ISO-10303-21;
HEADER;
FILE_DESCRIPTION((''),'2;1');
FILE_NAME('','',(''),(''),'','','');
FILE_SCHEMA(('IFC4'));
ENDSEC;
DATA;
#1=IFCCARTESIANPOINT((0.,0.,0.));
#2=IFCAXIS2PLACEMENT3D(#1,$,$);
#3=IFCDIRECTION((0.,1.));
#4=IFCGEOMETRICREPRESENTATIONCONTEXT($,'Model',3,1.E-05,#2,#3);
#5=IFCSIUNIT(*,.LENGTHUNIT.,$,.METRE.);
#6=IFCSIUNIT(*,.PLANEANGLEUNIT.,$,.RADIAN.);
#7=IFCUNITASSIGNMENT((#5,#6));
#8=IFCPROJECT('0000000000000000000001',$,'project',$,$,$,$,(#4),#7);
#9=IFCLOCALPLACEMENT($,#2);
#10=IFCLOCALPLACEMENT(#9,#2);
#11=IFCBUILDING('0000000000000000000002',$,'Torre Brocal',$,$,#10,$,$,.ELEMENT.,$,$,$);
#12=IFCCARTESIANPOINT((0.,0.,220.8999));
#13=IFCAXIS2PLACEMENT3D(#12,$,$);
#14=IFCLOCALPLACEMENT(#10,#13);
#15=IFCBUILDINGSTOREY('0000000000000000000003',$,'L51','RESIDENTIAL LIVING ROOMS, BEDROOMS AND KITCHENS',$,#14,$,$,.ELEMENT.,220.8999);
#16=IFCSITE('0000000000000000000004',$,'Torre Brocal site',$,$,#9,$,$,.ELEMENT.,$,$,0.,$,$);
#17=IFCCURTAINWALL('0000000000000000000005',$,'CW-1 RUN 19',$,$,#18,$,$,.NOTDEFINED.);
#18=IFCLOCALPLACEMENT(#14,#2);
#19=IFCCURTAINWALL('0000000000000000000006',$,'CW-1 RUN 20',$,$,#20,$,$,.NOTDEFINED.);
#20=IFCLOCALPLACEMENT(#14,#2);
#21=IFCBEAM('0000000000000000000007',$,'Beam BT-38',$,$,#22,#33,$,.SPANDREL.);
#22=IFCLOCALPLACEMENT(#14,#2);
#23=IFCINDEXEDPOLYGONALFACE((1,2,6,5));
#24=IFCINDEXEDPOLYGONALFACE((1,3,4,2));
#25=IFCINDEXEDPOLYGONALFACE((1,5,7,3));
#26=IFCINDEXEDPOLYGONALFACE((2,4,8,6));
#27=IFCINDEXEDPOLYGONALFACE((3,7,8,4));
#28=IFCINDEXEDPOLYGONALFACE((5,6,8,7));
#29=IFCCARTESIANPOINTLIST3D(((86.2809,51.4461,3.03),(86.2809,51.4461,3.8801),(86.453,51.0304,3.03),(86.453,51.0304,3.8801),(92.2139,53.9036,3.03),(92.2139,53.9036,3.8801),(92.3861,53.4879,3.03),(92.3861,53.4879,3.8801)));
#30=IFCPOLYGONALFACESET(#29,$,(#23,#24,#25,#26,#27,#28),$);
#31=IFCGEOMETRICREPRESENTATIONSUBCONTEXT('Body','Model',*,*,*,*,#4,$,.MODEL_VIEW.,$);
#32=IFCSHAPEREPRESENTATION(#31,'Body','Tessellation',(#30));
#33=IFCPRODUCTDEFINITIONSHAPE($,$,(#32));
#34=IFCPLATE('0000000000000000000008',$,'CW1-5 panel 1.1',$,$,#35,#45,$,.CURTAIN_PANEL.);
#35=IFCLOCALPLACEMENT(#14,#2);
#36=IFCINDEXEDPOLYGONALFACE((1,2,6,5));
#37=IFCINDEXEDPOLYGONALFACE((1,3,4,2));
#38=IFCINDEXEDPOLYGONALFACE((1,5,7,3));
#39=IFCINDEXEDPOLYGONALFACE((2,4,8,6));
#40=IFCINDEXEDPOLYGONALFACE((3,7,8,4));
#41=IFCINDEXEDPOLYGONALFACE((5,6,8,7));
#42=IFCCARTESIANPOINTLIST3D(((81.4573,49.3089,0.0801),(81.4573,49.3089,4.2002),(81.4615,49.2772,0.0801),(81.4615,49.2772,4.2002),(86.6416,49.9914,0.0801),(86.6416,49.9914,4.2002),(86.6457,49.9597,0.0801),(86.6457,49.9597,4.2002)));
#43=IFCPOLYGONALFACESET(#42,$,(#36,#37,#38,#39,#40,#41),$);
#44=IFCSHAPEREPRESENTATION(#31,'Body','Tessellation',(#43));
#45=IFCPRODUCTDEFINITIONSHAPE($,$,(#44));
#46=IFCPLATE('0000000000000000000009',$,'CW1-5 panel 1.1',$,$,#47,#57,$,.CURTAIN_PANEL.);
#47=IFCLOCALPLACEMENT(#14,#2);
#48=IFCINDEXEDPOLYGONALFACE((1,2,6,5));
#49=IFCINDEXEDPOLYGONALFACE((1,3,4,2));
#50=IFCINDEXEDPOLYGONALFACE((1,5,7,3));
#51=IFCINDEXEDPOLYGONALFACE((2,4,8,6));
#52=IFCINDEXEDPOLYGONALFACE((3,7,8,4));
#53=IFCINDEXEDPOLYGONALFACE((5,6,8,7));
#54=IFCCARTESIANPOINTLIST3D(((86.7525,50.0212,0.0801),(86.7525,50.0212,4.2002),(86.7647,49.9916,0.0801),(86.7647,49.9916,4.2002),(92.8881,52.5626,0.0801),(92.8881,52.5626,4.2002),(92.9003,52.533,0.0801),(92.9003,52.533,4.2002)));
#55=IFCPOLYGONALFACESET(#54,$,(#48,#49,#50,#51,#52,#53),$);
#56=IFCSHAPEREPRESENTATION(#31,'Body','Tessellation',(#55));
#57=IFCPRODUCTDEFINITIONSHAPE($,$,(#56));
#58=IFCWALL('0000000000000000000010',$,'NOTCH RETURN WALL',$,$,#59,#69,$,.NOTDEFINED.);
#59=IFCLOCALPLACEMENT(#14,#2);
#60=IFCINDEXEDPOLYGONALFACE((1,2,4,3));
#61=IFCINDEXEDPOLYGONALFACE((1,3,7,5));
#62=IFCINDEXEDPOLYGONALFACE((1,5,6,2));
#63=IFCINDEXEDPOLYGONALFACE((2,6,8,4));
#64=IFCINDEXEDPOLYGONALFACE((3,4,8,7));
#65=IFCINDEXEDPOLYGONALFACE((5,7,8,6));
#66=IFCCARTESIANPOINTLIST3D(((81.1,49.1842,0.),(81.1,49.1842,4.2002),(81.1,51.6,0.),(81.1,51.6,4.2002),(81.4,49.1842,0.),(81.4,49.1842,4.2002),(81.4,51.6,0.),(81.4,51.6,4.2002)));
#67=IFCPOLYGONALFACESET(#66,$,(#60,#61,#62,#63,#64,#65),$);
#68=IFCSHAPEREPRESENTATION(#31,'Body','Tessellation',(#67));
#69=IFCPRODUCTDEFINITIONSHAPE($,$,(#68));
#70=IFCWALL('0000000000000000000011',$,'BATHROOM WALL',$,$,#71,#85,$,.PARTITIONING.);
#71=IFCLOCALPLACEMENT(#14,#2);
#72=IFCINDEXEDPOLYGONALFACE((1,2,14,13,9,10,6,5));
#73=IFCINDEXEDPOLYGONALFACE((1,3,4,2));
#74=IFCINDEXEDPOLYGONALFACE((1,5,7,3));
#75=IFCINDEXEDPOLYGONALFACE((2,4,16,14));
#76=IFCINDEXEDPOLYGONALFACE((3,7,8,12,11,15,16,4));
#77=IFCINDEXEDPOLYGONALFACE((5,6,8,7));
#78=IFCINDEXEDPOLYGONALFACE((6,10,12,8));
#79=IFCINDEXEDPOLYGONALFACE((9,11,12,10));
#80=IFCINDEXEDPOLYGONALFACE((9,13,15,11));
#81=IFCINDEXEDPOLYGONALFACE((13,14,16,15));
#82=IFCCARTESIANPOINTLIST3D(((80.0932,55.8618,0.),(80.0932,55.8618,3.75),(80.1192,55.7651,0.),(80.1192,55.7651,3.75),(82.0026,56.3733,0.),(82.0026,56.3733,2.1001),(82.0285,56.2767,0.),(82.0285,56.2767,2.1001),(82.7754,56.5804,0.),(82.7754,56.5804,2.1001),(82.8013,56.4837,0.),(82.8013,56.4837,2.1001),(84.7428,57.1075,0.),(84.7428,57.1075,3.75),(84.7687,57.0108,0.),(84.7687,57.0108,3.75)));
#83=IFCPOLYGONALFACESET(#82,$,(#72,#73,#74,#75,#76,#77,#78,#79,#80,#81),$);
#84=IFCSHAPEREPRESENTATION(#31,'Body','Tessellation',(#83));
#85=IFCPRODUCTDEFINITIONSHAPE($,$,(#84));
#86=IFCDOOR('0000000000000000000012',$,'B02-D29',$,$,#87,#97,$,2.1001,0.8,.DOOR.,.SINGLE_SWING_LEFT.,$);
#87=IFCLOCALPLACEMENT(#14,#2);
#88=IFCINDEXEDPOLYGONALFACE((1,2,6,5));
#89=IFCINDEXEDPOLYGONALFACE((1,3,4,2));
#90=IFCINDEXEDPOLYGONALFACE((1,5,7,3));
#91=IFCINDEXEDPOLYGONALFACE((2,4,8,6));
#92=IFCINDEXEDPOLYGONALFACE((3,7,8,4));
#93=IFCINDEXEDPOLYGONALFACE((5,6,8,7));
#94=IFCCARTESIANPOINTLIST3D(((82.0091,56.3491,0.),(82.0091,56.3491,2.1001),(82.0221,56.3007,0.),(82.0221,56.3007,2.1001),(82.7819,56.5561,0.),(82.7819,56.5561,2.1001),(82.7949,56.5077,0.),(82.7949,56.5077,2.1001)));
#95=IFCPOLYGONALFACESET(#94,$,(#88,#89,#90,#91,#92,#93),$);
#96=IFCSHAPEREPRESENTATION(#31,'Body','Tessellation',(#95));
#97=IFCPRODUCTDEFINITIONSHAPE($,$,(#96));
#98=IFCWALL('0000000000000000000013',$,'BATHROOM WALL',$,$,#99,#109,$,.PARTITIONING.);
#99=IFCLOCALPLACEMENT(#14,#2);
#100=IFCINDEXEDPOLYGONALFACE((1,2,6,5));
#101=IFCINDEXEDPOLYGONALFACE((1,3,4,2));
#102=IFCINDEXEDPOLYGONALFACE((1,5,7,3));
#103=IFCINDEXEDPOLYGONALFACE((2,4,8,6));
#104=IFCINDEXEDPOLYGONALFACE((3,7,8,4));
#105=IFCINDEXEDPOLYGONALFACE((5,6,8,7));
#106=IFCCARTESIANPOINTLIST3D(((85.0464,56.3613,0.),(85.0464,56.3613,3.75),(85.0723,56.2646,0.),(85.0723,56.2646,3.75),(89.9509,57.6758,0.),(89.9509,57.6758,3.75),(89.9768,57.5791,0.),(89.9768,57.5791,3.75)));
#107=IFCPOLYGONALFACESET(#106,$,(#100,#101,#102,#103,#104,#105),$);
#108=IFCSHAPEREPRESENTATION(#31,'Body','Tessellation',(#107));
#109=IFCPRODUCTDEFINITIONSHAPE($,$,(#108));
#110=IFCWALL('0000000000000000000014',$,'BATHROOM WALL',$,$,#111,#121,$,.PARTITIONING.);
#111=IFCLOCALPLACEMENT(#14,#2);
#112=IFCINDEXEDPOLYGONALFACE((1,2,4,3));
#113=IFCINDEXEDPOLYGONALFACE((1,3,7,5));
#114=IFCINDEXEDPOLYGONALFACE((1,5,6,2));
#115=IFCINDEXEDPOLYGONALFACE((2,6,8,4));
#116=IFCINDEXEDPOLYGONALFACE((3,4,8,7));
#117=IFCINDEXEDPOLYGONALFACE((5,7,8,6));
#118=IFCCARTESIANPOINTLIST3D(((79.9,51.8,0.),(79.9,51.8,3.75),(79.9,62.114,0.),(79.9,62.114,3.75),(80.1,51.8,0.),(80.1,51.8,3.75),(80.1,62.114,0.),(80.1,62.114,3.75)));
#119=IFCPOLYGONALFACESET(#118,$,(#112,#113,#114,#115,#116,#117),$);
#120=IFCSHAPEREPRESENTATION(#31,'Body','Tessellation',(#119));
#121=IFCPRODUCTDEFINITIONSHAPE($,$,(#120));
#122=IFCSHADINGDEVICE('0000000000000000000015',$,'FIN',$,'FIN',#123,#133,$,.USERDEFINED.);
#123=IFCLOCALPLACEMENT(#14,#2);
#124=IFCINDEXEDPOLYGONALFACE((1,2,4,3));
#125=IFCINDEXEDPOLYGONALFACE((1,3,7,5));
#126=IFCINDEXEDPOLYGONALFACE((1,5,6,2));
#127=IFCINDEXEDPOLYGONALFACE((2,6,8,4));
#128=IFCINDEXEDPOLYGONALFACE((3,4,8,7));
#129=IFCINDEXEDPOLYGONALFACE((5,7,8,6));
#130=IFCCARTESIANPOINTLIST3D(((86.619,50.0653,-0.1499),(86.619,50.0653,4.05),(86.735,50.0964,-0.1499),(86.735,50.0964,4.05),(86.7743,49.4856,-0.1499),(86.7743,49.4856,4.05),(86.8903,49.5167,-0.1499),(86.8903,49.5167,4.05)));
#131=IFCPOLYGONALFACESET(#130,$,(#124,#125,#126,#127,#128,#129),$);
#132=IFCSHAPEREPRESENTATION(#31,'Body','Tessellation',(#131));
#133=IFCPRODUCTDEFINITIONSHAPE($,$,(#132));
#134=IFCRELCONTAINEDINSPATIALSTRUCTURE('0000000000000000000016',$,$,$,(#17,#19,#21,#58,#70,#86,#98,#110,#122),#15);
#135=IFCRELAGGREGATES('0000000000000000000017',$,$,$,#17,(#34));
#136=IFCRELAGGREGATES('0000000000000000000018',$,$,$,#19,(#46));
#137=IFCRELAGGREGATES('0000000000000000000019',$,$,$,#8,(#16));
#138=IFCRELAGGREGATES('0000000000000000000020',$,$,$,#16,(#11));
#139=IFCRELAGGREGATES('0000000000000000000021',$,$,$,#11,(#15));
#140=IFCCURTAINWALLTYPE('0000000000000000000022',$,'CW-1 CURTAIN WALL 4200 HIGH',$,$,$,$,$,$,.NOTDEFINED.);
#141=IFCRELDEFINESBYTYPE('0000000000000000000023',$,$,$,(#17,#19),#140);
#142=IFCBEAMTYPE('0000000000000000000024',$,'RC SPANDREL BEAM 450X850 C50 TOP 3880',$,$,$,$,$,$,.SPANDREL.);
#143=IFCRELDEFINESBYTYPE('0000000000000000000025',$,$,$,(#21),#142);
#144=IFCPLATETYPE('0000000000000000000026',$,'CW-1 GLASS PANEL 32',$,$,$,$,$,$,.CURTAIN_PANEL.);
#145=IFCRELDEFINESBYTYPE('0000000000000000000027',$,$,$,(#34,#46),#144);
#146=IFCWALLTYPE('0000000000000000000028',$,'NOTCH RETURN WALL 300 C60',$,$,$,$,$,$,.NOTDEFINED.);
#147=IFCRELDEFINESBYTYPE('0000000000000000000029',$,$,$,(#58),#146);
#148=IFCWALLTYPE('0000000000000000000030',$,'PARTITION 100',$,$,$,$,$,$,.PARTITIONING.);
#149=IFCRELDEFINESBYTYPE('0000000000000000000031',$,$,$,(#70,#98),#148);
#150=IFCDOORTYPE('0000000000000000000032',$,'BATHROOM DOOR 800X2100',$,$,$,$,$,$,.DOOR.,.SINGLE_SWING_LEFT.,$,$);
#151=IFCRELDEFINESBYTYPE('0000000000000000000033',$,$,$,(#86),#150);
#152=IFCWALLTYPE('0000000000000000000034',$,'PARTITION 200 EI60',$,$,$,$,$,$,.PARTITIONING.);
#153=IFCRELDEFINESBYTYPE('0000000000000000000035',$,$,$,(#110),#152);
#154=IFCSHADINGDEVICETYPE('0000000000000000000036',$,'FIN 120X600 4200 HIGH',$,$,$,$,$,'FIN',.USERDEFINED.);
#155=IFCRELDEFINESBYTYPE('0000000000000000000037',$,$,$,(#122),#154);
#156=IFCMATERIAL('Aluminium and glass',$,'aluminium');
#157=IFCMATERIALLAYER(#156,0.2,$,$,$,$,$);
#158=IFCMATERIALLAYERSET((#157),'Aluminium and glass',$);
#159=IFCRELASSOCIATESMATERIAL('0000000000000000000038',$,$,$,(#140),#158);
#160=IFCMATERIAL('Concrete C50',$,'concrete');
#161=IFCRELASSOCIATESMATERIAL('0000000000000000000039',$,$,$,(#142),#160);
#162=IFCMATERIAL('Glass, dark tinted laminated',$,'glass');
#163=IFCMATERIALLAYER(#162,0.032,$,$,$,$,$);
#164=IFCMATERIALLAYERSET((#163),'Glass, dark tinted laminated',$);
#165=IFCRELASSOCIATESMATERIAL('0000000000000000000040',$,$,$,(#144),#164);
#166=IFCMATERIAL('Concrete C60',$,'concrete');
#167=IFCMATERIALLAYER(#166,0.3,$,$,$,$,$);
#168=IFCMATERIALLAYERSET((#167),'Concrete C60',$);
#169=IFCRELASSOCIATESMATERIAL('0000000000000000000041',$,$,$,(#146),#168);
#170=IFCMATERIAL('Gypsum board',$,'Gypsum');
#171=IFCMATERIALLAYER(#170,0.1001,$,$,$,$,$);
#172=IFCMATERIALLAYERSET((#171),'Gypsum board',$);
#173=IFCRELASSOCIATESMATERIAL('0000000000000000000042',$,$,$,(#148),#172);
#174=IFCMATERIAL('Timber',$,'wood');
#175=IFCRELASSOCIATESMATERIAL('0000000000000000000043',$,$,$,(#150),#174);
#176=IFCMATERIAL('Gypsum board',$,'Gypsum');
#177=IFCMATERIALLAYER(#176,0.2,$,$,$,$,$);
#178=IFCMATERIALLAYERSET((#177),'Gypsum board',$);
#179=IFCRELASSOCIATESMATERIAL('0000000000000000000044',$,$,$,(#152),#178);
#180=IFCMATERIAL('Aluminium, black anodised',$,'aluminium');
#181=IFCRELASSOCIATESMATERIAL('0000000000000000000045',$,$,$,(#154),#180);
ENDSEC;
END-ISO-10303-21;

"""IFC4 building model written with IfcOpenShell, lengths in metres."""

from ifc_helpers import new_model, si_unit, direction, frame, frame_2d, origin, origin_2d, place, context, subcontext, project, spatial, rectangle, extrude, material, layer, layer_set, material_profile, profile_set, type_object, element, fill, aggregate, save


model = new_model("IFC4")

# Units and contexts
model_context = context("Model", 3, precision=1e-05, world=origin(), true_north=direction((0.0, 1.0)))
body_context = subcontext(model_context, "Body", "Model", "MODEL_VIEW")
ifc_project = project(units=[si_unit("LENGTHUNIT", "METRE"), si_unit("PLANEANGLEUNIT", "RADIAN")], contexts=[model_context])

# Site, building, storey
site_placement = place(None, origin())
site = spatial("IfcSite", under=ifc_project, at=site_placement, Name="Torre Brocal site", CompositionType="ELEMENT", RefElevation=0.0)
building_placement = place(site_placement, origin())
building = spatial("IfcBuilding", under=site, at=building_placement, Name="Torre Brocal", CompositionType="ELEMENT")
storey_placement = place(building_placement, frame((0.0, 0.0, 220.8999)))
storey = spatial("IfcBuildingStorey", under=building, at=storey_placement, Name="L51", Description="RESIDENTIAL LIVING ROOMS, BEDROOMS AND KITCHENS", CompositionType="ELEMENT", Elevation=220.8999)

# Curtain wall
ifc_material_1 = material(Name="Aluminium and glass", Category="aluminium")
ifc_layer_1 = layer(ifc_material_1, 0.2)
ifc_layer_set_1 = layer_set([ifc_layer_1], Name="Aluminium and glass")
curtain_wall_type = type_object("IfcCurtainWallType", Name="CW-1 CURTAIN WALL 4200 HIGH", PredefinedType="NOTDEFINED", material=ifc_layer_set_1)
curtain_wall_1_placement = place(storey_placement, origin())
curtain_wall_1 = element("IfcCurtainWall", 1, at=curtain_wall_1_placement, inside=storey, type_object=curtain_wall_type, Name="CW-1 RUN 19", PredefinedType="NOTDEFINED")

# Curtain wall
curtain_wall_2_placement = place(storey_placement, origin())
curtain_wall_2 = element("IfcCurtainWall", 2, at=curtain_wall_2_placement, inside=storey, type_object=curtain_wall_type, Name="CW-1 RUN 20", PredefinedType="NOTDEFINED")

# Beam
ifc_material_2 = material(Name="Concrete C50", Category="concrete")
ifc_material_profile_1 = material_profile(ifc_material_2, rectangle(XDim=0.45, YDim=0.8501, at=origin_2d()), Name="RC 450X850")
ifc_profile_set_1 = profile_set([ifc_material_profile_1], Name="Concrete C50")
beam_type_1 = type_object("IfcBeamType", Name="RC SPANDREL BEAM 450X850 C50 TOP 3880", PredefinedType="SPANDREL", material=ifc_profile_set_1)
beam_1_placement = place(storey_placement, frame((86.3669, 51.2383, 3.4551), z_axis=(0.923882, 0.382676, 0.0), x_axis=(-0.382676, 0.923882, 0.0)))
element("IfcBeam", 3, at=beam_1_placement, inside=storey, type_object=beam_type_1, Name="Beam BT-38", PredefinedType="SPANDREL", context=body_context, shape_type="SweptSolid", body=[
    extrude(rectangle(XDim=0.45, YDim=0.8501, at=origin_2d()), origin(), (0.0, 0.0, 1.0), 6.4219),
])

# Plates
ifc_material_3 = material(Name="Glass, dark tinted laminated", Category="glass")
ifc_layer_2 = layer(ifc_material_3, 0.032)
ifc_layer_set_2 = layer_set([ifc_layer_2], Name="Glass, dark tinted laminated")
plate_type = type_object("IfcPlateType", Name="CW-1 GLASS PANEL 32", PredefinedType="CURTAIN_PANEL", material=ifc_layer_set_2)
plate_1_placement = place(storey_placement, frame((84.0515, 49.6343, 0.0801), z_axis=(0.0, 0.0, 1.0), x_axis=(0.991445, 0.130526, 0.0)))
plate_1 = element("IfcPlate", 4, at=plate_1_placement, type_object=plate_type, Name="CW1-5 panel 1.1", PredefinedType="CURTAIN_PANEL", context=body_context, shape_type="SweptSolid", body=[
    extrude(rectangle(XDim=5.229, YDim=0.032, at=origin_2d()), origin(), (0.0, 0.0, 1.0), 4.1201),
])
aggregate(curtain_wall_1, [plate_1])
plate_2_placement = place(storey_placement, frame((89.8264, 51.2771, 0.0801), z_axis=(0.0, 0.0, 1.0), x_axis=(0.92388, 0.382683, 0.0)))
plate_2 = element("IfcPlate", 5, at=plate_2_placement, type_object=plate_type, Name="CW1-5 panel 1.1", PredefinedType="CURTAIN_PANEL", context=body_context, shape_type="SweptSolid", body=[
    extrude(rectangle(XDim=6.6411, YDim=0.032, at=origin_2d()), origin(), (0.0, 0.0, 1.0), 4.1201),
])
aggregate(curtain_wall_2, [plate_2])

# Wall
ifc_material_4 = material(Name="Concrete C60", Category="concrete")
ifc_layer_3 = layer(ifc_material_4, 0.3)
ifc_layer_set_3 = layer_set([ifc_layer_3], Name="Concrete C60")
wall_type_1 = type_object("IfcWallType", Name="NOTCH RETURN WALL 300 C60", PredefinedType="NOTDEFINED", material=ifc_layer_set_3)
wall_1_placement = place(storey_placement, frame((81.25, 51.6001, 0.0), z_axis=(0.0, 0.0, 1.0), x_axis=(0.0, -1.0, 0.0)))
element("IfcWall", 6, at=wall_1_placement, inside=storey, type_object=wall_type_1, Name="NOTCH RETURN WALL", PredefinedType="NOTDEFINED", context=body_context, shape_type="SweptSolid", body=[
    extrude(rectangle(XDim=2.4158, YDim=0.3, at=frame_2d((1.208, 0.0))), origin(), (0.0, 0.0, 1.0), 4.2002),
])

# Wall, opening, door
ifc_material_5 = material(Name="Gypsum board", Category="Gypsum")
ifc_layer_4 = layer(ifc_material_5, 0.1001)
ifc_layer_set_4 = layer_set([ifc_layer_4], Name="Gypsum board")
wall_type_2 = type_object("IfcWallType", Name="PARTITION 100", PredefinedType="PARTITIONING", material=ifc_layer_set_4)
wall_2_placement = place(storey_placement, frame((80.1062, 55.8135, 0.0), z_axis=(0.0, 0.0, 1.0), x_axis=(0.965936, 0.25878, 0.0)))
wall_2 = element("IfcWall", 7, at=wall_2_placement, inside=storey, type_object=wall_type_2, Name="BATHROOM WALL", PredefinedType="PARTITIONING", context=body_context, shape_type="SweptSolid", body=[
    extrude(rectangle(XDim=4.8135, YDim=0.1001, at=frame_2d((2.4067, 0.0))), origin(), (0.0, 0.0, 1.0), 3.75),
])
opening_placement = place(wall_2_placement, frame((1.9768, 0.0, 0.0)))
opening = element("IfcOpeningElement", 8, at=opening_placement, cuts=wall_2, PredefinedType="OPENING", context=body_context, shape_type="SweptSolid", body=[
    extrude(rectangle(XDim=0.8, YDim=2.1001, at=frame_2d((0.3999, 1.05))), frame((0.0, 0.0601, 0.0), z_axis=(0.0, -1.0, 0.0), x_axis=(1.0, 0.0, 0.0)), (0.0, 0.0, 1.0), 0.1201),
])
ifc_material_6 = material(Name="Timber", Category="wood")
door_type = type_object("IfcDoorType", Name="BATHROOM DOOR 800X2100", OperationType="SINGLE_SWING_LEFT", PredefinedType="DOOR", material=ifc_material_6)
door_placement = place(opening_placement, origin())
door = element("IfcDoor", 9, at=door_placement, inside=storey, type_object=door_type, Name="B02-D29", OperationType="SINGLE_SWING_LEFT", OverallHeight=2.1001, OverallWidth=0.8, PredefinedType="DOOR", context=body_context, shape_type="SweptSolid", body=[
    extrude(rectangle(XDim=0.8, YDim=2.1001, at=frame_2d((0.3999, 1.05))), frame((0.0, 0.0249, 0.0), z_axis=(0.0, -1.0, 0.0), x_axis=(1.0, 0.0, 0.0)), (0.0, 0.0, 1.0), 0.05),
])
fill(opening, door)

# Walls
wall_3_placement = place(storey_placement, frame((85.0593, 56.313, 0.0), z_axis=(0.0, 0.0, 1.0), x_axis=(0.965912, 0.258871, 0.0)))
element("IfcWall", 10, at=wall_3_placement, inside=storey, type_object=wall_type_2, Name="BATHROOM WALL", PredefinedType="PARTITIONING", context=body_context, shape_type="SweptSolid", body=[
    extrude(rectangle(XDim=5.0776, YDim=0.1001, at=frame_2d((2.5388, 0.0))), origin(), (0.0, 0.0, 1.0), 3.75),
])
ifc_material_7 = material(Name="Gypsum board", Category="Gypsum")
ifc_layer_5 = layer(ifc_material_7, 0.2)
ifc_layer_set_5 = layer_set([ifc_layer_5], Name="Gypsum board")
wall_type_3 = type_object("IfcWallType", Name="PARTITION 200 EI60", PredefinedType="PARTITIONING", material=ifc_layer_set_5)
wall_4_placement = place(storey_placement, frame((80.0, 51.8, 0.0), z_axis=(0.0, 0.0, 1.0), x_axis=(0.0, 1.0, 0.0)))
element("IfcWall", 11, at=wall_4_placement, inside=storey, type_object=wall_type_3, Name="BATHROOM WALL", PredefinedType="PARTITIONING", context=body_context, shape_type="SweptSolid", body=[
    extrude(rectangle(XDim=10.314, YDim=0.2, at=frame_2d((5.157, 0.0))), origin(), (0.0, 0.0, 1.0), 3.75),
])

# Shading device
ifc_material_8 = material(Name="Aluminium, black anodised", Category="aluminium")
ifc_material_profile_2 = material_profile(ifc_material_8, rectangle(XDim=0.1201, YDim=0.6001, at=origin_2d()), Name="FIN 120X600 4200 HIGH")
ifc_profile_set_2 = profile_set([ifc_material_profile_2], Name="Aluminium, black anodised")
shading_device_type = type_object("IfcShadingDeviceType", Name="FIN 120X600 4200 HIGH", ElementType="FIN", PredefinedType="USERDEFINED", material=ifc_profile_set_2)
shading_device_placement = place(storey_placement, frame((86.7546, 49.791, -0.1499), z_axis=(0.0, 0.0, 1.0), x_axis=(0.965926, 0.258819, 0.0)))
element("IfcShadingDevice", 12, at=shading_device_placement, inside=storey, type_object=shading_device_type, Name="FIN", ObjectType="FIN", PredefinedType="USERDEFINED", context=body_context, shape_type="SweptSolid", body=[
    extrude(rectangle(XDim=0.1201, YDim=0.6001, at=origin_2d()), origin(), (0.0, 0.0, 1.0), 4.2),
])

save(model, "model.ifc")
